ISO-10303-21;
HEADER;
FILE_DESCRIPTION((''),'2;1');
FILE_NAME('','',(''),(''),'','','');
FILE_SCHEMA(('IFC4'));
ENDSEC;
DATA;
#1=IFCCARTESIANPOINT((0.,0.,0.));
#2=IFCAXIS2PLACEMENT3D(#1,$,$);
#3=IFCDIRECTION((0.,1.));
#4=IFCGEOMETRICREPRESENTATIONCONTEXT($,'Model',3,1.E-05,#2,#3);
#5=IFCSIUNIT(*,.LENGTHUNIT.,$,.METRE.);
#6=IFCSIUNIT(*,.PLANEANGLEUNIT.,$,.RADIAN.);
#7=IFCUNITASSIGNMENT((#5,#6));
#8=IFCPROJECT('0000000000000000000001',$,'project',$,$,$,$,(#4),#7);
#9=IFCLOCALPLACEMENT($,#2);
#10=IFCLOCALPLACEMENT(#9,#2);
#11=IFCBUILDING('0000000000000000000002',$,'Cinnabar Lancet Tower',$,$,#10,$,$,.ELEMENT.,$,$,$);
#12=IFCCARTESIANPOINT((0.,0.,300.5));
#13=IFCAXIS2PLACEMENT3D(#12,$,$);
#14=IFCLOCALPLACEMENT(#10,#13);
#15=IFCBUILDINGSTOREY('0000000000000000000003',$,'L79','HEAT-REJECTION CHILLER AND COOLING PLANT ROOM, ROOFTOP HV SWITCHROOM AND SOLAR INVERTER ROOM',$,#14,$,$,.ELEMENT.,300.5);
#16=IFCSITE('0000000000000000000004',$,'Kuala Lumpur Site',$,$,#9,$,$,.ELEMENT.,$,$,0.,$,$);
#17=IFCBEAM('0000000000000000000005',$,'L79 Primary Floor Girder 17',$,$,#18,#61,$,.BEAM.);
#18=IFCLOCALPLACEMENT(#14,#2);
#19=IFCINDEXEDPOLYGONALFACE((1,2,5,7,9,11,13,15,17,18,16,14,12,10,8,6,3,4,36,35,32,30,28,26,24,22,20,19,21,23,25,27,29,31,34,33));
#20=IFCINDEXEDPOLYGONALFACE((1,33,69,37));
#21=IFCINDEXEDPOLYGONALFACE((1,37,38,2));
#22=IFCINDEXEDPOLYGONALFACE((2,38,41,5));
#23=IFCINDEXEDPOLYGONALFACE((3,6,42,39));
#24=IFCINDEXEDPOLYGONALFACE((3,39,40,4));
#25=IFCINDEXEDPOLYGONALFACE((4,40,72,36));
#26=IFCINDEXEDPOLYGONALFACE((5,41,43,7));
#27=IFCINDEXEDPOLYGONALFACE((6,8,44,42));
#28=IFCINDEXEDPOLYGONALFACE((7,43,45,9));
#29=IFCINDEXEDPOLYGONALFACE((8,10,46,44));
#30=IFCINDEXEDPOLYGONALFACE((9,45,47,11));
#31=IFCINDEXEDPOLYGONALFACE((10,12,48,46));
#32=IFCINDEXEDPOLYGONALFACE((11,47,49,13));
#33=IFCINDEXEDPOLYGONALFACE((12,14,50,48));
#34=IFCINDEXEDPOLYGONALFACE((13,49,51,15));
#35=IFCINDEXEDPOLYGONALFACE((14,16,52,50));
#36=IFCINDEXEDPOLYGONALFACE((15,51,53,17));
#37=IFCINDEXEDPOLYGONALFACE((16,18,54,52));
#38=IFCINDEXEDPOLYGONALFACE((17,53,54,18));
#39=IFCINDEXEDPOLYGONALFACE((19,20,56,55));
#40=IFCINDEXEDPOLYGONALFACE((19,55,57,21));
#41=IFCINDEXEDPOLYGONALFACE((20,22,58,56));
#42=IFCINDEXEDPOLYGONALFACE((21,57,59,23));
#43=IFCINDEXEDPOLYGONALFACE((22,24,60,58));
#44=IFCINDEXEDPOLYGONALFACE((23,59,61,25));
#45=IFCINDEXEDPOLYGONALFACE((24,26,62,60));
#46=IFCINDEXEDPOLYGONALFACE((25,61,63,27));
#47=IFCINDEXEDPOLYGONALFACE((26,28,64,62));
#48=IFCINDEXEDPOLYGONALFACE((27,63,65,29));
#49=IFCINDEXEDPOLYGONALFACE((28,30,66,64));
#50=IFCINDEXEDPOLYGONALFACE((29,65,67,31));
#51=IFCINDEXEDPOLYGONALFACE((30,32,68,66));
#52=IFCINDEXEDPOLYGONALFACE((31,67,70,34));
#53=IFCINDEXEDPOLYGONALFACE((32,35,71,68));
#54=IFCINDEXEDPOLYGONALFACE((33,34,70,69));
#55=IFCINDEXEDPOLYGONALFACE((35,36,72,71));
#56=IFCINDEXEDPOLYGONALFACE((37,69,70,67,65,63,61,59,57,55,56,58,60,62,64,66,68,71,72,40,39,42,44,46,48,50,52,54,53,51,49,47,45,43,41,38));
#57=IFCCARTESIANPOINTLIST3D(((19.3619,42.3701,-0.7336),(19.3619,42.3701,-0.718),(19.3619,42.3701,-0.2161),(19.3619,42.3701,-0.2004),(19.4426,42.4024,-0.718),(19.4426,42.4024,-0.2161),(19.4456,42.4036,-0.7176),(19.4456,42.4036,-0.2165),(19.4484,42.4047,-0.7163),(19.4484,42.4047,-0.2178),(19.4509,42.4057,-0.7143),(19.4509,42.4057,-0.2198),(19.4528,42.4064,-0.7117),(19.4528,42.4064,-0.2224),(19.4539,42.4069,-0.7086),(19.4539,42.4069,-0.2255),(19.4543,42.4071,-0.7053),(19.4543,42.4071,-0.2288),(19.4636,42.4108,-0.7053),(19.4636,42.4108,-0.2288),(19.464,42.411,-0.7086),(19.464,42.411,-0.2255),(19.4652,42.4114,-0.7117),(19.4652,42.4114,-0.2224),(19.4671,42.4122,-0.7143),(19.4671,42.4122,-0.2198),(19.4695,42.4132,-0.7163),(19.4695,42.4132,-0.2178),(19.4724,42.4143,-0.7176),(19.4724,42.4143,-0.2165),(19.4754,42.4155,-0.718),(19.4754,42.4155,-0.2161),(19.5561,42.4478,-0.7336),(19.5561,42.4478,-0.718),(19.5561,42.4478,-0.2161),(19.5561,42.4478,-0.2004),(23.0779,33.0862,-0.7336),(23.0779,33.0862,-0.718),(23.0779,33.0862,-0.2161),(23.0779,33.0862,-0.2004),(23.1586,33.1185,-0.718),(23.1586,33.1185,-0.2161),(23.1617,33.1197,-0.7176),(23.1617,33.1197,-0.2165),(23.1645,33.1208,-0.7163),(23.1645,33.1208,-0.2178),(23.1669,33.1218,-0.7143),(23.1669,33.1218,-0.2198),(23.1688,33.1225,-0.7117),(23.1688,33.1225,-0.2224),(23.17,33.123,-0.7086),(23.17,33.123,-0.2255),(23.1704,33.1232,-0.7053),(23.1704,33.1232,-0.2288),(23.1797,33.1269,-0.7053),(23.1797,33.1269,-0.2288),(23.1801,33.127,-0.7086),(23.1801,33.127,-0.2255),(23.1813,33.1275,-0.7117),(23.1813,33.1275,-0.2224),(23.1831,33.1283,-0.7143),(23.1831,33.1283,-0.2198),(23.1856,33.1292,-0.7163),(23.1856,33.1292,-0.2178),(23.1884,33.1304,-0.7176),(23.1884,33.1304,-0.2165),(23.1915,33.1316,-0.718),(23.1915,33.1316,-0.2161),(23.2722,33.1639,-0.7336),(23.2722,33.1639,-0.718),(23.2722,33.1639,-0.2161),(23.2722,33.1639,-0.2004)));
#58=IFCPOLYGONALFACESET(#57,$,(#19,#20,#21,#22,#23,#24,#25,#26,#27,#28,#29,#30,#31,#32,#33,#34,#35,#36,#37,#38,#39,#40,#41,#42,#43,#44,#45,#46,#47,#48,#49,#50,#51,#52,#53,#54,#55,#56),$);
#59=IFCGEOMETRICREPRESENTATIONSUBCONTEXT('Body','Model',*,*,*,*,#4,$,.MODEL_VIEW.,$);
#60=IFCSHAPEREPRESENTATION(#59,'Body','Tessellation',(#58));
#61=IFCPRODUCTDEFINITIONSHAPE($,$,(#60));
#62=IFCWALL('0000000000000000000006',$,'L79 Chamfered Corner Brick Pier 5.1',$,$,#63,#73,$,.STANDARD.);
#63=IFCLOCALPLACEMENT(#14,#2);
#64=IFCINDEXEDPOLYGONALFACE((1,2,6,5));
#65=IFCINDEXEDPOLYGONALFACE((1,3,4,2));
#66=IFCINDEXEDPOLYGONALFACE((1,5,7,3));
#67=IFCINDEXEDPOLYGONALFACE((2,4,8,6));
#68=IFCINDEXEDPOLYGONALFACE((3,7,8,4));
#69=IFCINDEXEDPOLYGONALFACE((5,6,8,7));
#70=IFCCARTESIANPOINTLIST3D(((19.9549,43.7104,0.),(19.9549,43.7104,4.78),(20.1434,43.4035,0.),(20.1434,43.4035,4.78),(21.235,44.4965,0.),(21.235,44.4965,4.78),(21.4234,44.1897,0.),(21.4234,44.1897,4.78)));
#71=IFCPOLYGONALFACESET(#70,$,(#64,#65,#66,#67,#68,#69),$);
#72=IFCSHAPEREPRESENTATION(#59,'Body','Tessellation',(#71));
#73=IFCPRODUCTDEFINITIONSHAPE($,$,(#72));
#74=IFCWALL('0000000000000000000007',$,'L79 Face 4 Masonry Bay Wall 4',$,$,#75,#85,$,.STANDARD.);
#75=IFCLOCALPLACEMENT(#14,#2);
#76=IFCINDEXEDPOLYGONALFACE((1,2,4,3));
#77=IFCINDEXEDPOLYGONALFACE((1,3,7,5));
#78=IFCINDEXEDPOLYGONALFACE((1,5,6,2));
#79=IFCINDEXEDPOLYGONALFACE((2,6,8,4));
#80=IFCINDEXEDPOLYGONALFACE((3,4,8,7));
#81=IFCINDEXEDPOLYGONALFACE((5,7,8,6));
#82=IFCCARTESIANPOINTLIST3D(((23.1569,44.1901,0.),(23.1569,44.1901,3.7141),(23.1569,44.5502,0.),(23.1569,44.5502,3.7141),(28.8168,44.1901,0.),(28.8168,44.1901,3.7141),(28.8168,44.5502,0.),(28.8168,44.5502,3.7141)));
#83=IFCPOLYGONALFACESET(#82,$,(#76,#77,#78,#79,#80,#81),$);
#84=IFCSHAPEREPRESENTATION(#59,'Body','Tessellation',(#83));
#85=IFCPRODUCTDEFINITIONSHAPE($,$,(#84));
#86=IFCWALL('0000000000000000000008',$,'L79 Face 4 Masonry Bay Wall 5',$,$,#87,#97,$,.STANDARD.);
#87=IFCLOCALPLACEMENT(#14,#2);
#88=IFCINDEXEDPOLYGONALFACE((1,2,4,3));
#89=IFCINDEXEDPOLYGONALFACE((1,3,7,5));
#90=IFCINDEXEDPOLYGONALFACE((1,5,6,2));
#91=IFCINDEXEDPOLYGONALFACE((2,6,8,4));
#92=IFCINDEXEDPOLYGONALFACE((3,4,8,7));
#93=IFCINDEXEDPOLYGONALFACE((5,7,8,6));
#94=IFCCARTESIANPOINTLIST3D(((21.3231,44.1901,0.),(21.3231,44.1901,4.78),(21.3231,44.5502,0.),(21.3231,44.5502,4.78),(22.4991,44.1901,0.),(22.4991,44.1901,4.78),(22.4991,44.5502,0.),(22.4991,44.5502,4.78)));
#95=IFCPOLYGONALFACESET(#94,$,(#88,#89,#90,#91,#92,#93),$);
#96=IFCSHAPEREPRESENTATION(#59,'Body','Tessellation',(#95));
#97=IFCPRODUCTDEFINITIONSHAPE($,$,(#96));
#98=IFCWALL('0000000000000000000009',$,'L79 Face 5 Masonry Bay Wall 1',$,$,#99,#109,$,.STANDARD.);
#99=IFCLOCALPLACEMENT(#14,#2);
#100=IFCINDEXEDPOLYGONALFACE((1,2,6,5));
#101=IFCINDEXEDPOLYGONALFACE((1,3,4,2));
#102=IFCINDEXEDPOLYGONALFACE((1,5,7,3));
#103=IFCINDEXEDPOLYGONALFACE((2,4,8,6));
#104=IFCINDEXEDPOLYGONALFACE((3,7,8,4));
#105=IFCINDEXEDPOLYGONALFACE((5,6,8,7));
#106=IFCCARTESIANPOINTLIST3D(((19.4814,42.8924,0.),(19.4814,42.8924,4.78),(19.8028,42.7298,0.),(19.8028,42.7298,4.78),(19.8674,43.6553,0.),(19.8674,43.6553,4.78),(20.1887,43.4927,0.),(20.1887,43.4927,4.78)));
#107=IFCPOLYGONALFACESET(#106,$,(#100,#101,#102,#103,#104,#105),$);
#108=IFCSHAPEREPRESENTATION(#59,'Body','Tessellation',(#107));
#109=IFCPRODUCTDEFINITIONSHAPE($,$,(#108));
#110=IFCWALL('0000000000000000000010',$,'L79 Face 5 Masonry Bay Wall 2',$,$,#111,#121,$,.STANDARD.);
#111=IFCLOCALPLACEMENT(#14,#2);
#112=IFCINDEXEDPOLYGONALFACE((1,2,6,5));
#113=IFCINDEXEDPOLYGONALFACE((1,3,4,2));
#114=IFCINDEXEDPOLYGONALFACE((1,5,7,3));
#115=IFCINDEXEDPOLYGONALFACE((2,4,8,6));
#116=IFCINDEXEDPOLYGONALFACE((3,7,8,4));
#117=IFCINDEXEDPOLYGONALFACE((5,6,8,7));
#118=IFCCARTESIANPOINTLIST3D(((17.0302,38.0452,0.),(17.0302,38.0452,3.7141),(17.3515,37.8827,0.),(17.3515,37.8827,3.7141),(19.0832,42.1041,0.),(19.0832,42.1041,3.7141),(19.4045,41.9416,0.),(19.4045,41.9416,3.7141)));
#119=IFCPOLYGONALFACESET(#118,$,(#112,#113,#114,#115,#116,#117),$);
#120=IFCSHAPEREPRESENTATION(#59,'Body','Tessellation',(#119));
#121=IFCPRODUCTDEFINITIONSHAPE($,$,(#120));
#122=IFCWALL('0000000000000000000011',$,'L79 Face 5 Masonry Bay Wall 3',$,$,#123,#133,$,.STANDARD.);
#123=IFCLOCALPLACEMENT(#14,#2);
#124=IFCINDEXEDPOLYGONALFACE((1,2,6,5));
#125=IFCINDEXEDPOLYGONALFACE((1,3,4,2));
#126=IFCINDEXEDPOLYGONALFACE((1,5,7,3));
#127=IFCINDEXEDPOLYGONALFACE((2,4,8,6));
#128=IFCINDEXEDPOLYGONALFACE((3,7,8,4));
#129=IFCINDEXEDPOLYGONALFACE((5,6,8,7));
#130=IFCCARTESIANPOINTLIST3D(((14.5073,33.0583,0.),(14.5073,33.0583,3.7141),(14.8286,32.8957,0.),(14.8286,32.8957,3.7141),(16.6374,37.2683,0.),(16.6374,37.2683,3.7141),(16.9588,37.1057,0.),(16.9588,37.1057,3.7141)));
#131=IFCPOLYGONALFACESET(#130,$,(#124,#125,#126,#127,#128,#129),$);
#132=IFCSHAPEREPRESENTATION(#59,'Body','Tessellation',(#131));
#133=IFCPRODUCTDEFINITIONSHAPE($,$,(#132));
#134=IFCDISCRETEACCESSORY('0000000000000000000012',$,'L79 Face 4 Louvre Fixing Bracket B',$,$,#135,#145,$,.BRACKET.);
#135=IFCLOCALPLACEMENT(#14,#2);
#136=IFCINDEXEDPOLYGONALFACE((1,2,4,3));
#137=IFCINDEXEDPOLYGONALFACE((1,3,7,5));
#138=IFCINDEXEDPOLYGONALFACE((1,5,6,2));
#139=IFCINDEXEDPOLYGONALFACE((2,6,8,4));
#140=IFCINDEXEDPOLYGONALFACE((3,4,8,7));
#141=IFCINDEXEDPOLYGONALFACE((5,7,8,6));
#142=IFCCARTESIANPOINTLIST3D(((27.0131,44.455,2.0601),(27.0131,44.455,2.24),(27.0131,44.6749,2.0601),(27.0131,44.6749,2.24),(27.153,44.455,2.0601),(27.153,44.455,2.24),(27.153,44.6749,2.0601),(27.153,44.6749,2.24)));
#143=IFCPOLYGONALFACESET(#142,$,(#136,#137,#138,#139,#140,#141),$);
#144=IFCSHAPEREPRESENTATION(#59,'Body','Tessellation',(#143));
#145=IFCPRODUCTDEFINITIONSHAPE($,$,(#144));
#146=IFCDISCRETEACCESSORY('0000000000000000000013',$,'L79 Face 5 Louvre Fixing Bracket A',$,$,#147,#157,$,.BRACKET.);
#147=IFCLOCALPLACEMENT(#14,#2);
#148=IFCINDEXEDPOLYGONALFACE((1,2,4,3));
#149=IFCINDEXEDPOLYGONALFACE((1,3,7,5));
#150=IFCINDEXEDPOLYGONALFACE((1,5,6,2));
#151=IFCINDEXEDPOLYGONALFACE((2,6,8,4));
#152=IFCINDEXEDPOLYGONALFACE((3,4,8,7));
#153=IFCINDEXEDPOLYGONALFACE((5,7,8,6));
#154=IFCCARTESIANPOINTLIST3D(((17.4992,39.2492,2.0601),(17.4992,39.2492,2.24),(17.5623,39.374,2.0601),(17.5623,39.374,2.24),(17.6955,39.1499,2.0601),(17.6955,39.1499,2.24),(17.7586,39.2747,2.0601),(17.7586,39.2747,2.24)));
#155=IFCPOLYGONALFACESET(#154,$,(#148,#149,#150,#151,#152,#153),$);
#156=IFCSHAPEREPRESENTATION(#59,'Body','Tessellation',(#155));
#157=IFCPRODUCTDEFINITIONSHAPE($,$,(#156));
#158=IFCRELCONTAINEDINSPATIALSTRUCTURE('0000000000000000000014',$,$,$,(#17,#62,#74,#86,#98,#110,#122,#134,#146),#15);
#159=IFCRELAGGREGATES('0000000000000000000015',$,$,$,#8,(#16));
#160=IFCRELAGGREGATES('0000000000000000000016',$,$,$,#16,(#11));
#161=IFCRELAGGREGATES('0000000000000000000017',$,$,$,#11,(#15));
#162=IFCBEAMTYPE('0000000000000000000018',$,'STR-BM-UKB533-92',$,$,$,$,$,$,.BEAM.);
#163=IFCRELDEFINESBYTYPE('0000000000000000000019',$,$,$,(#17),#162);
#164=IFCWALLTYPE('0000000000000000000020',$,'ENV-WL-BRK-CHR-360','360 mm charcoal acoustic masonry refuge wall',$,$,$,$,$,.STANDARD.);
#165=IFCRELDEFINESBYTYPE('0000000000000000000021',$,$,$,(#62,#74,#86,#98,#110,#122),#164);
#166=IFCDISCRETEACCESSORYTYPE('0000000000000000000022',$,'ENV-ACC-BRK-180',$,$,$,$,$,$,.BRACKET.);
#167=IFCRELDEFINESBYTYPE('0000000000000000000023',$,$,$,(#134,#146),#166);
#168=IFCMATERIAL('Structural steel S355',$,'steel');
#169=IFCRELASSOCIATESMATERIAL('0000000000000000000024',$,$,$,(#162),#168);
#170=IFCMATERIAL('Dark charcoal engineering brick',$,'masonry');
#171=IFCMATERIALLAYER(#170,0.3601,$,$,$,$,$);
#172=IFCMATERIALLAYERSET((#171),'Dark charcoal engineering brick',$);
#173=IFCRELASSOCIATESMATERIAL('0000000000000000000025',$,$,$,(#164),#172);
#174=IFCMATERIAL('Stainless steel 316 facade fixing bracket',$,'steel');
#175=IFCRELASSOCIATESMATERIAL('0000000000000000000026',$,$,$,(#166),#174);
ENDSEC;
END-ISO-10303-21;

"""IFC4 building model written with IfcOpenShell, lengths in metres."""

from ifc_helpers import new_model, si_unit, direction, frame, frame_2d, origin, origin_2d, place, context, subcontext, project, spatial, rectangle, i_section, extrude, material, layer, layer_set, material_profile, profile_set, type_object, element, save


model = new_model("IFC4")

# Units and contexts
model_context = context("Model", 3, precision=1e-05, world=origin(), true_north=direction((0.0, 1.0)))
body_context = subcontext(model_context, "Body", "Model", "MODEL_VIEW")
ifc_project = project(units=[si_unit("LENGTHUNIT", "METRE"), si_unit("PLANEANGLEUNIT", "RADIAN")], contexts=[model_context])

# Site, building, storey
site_placement = place(None, origin())
site = spatial("IfcSite", under=ifc_project, at=site_placement, Name="Kuala Lumpur Site", CompositionType="ELEMENT", RefElevation=0.0)
building_placement = place(site_placement, origin())
building = spatial("IfcBuilding", under=site, at=building_placement, Name="Cinnabar Lancet Tower", CompositionType="ELEMENT")
storey_placement = place(building_placement, frame((0.0, 0.0, 300.5)))
storey = spatial("IfcBuildingStorey", under=building, at=storey_placement, Name="L79", Description="HEAT-REJECTION CHILLER AND COOLING PLANT ROOM, ROOFTOP HV SWITCHROOM AND SOLAR INVERTER ROOM", CompositionType="ELEMENT", Elevation=300.5)

# Beam
ifc_material_1 = material(Name="Structural steel S355", Category="steel")
ifc_material_profile_1 = material_profile(ifc_material_1, i_section(OverallWidth=0.2092, OverallDepth=0.5332, WebThickness=0.01, FlangeThickness=0.0156, FilletRadius=0.0127, at=origin_2d()), Name="UKB 533x210x92")
ifc_profile_set_1 = profile_set([ifc_material_profile_1], Name="Structural steel S355")
beam_type_1 = type_object("IfcBeamType", Name="STR-BM-UKB533-92", PredefinedType="BEAM", material=ifc_profile_set_1)
beam_1_placement = place(storey_placement, frame((19.459, 42.4089, -0.467), z_axis=(0.371605, -0.928391, 0.0), x_axis=(0.928391, 0.371605, 0.0)))
element("IfcBeam", 1, at=beam_1_placement, inside=storey, type_object=beam_type_1, Name="L79 Primary Floor Girder 17", PredefinedType="BEAM", context=body_context, shape_type="SweptSolid", body=[
    extrude(i_section(OverallWidth=0.2092, OverallDepth=0.5332, WebThickness=0.01, FlangeThickness=0.0156, FilletRadius=0.0127, at=origin_2d()), origin(), (0.0, 0.0, 1.0), 10.0),
])

# Walls
ifc_material_2 = material(Name="Dark charcoal engineering brick", Category="masonry")
ifc_layer = layer(ifc_material_2, 0.3601)
ifc_layer_set = layer_set([ifc_layer], Name="Dark charcoal engineering brick")
wall_type = type_object("IfcWallType", Name="ENV-WL-BRK-CHR-360", Description="360 mm charcoal acoustic masonry refuge wall", PredefinedType="STANDARD", material=ifc_layer_set)
wall_1_placement = place(storey_placement, frame((21.3291, 44.343, 0.0), z_axis=(0.0, 0.0, 1.0), x_axis=(-0.852127, -0.523336, 0.0)))
element("IfcWall", 2, at=wall_1_placement, inside=storey, type_object=wall_type, Name="L79 Chamfered Corner Brick Pier 5.1", PredefinedType="STANDARD", context=body_context, shape_type="SweptSolid", body=[
    extrude(rectangle(XDim=1.5022, YDim=0.3601, at=frame_2d((0.751, 0.0))), origin(), (0.0, 0.0, 1.0), 4.78),
])
wall_2_placement = place(storey_placement, frame((28.8169, 44.3701, 0.0), z_axis=(0.0, 0.0, 1.0), x_axis=(-1.0, 0.0, 0.0)))
element("IfcWall", 3, at=wall_2_placement, inside=storey, type_object=wall_type, Name="L79 Face 4 Masonry Bay Wall 4", PredefinedType="STANDARD", context=body_context, shape_type="SweptSolid", body=[
    extrude(rectangle(XDim=5.6599, YDim=0.3601, at=frame_2d((2.8301, 0.0))), origin(), (0.0, 0.0, 1.0), 3.7141),
])
wall_3_placement = place(storey_placement, frame((22.499, 44.3701, 0.0), z_axis=(0.0, 0.0, 1.0), x_axis=(-1.0, 0.0, 0.0)))
element("IfcWall", 4, at=wall_3_placement, inside=storey, type_object=wall_type, Name="L79 Face 4 Masonry Bay Wall 5", PredefinedType="STANDARD", context=body_context, shape_type="SweptSolid", body=[
    extrude(rectangle(XDim=1.176, YDim=0.3601, at=frame_2d((0.5879, 0.0))), origin(), (0.0, 0.0, 1.0), 4.78),
])
wall_4_placement = place(storey_placement, frame((20.0281, 43.574, 0.0), z_axis=(0.0, 0.0, 1.0), x_axis=(-0.451435, -0.892304, 0.0)))
element("IfcWall", 5, at=wall_4_placement, inside=storey, type_object=wall_type, Name="L79 Face 5 Masonry Bay Wall 1", PredefinedType="STANDARD", context=body_context, shape_type="SweptSolid", body=[
    extrude(rectangle(XDim=0.855, YDim=0.3601, at=frame_2d((0.4275, 0.0))), origin(), (0.0, 0.0, 1.0), 4.78),
])
wall_5_placement = place(storey_placement, frame((19.2439, 42.0229, 0.0), z_axis=(0.0, 0.0, 1.0), x_axis=(-0.451353, -0.892346, 0.0)))
element("IfcWall", 6, at=wall_5_placement, inside=storey, type_object=wall_type, Name="L79 Face 5 Masonry Bay Wall 2", PredefinedType="STANDARD", context=body_context, shape_type="SweptSolid", body=[
    extrude(rectangle(XDim=4.5486, YDim=0.3601, at=frame_2d((2.2744, 0.0))), origin(), (0.0, 0.0, 1.0), 3.7141),
])
wall_6_placement = place(storey_placement, frame((16.7981, 37.187, 0.0), z_axis=(0.0, 0.0, 1.0), x_axis=(-0.451472, -0.892285, 0.0)))
element("IfcWall", 7, at=wall_6_placement, inside=storey, type_object=wall_type, Name="L79 Face 5 Masonry Bay Wall 3", PredefinedType="STANDARD", context=body_context, shape_type="SweptSolid", body=[
    extrude(rectangle(XDim=4.7183, YDim=0.3601, at=frame_2d((2.3591, 0.0))), origin(), (0.0, 0.0, 1.0), 3.7141),
])

# Discrete accessories
ifc_material_3 = material(Name="Stainless steel 316 facade fixing bracket", Category="steel")
discrete_accessory_type = type_object("IfcDiscreteAccessoryType", Name="ENV-ACC-BRK-180", PredefinedType="BRACKET", material=ifc_material_3)
for number, where, z_axis, x_axis, name in (
    (8, (27.083, 44.5649, 2.0601), (0.0, 0.0, 1.0), (-1.0, 0.0, 0.0), "L79 Face 4 Louvre Fixing Bracket B"),
    (9, (17.6289, 39.262, 2.0601), (0.0, 0.0, 1.0), (-0.451329, -0.892357, 0.0), "L79 Face 5 Louvre Fixing Bracket A"),
):
    element("IfcDiscreteAccessory", number, at=place(storey_placement, frame(where, z_axis=z_axis, x_axis=x_axis)), inside=storey, type_object=discrete_accessory_type, Name=name, PredefinedType="BRACKET", context=body_context, shape_type="SweptSolid", body=[
        extrude(rectangle(XDim=0.1399, YDim=0.22, at=origin_2d()), origin(), (0.0, 0.0, 1.0), 0.1799),
    ])

save(model, "model.ifc")
